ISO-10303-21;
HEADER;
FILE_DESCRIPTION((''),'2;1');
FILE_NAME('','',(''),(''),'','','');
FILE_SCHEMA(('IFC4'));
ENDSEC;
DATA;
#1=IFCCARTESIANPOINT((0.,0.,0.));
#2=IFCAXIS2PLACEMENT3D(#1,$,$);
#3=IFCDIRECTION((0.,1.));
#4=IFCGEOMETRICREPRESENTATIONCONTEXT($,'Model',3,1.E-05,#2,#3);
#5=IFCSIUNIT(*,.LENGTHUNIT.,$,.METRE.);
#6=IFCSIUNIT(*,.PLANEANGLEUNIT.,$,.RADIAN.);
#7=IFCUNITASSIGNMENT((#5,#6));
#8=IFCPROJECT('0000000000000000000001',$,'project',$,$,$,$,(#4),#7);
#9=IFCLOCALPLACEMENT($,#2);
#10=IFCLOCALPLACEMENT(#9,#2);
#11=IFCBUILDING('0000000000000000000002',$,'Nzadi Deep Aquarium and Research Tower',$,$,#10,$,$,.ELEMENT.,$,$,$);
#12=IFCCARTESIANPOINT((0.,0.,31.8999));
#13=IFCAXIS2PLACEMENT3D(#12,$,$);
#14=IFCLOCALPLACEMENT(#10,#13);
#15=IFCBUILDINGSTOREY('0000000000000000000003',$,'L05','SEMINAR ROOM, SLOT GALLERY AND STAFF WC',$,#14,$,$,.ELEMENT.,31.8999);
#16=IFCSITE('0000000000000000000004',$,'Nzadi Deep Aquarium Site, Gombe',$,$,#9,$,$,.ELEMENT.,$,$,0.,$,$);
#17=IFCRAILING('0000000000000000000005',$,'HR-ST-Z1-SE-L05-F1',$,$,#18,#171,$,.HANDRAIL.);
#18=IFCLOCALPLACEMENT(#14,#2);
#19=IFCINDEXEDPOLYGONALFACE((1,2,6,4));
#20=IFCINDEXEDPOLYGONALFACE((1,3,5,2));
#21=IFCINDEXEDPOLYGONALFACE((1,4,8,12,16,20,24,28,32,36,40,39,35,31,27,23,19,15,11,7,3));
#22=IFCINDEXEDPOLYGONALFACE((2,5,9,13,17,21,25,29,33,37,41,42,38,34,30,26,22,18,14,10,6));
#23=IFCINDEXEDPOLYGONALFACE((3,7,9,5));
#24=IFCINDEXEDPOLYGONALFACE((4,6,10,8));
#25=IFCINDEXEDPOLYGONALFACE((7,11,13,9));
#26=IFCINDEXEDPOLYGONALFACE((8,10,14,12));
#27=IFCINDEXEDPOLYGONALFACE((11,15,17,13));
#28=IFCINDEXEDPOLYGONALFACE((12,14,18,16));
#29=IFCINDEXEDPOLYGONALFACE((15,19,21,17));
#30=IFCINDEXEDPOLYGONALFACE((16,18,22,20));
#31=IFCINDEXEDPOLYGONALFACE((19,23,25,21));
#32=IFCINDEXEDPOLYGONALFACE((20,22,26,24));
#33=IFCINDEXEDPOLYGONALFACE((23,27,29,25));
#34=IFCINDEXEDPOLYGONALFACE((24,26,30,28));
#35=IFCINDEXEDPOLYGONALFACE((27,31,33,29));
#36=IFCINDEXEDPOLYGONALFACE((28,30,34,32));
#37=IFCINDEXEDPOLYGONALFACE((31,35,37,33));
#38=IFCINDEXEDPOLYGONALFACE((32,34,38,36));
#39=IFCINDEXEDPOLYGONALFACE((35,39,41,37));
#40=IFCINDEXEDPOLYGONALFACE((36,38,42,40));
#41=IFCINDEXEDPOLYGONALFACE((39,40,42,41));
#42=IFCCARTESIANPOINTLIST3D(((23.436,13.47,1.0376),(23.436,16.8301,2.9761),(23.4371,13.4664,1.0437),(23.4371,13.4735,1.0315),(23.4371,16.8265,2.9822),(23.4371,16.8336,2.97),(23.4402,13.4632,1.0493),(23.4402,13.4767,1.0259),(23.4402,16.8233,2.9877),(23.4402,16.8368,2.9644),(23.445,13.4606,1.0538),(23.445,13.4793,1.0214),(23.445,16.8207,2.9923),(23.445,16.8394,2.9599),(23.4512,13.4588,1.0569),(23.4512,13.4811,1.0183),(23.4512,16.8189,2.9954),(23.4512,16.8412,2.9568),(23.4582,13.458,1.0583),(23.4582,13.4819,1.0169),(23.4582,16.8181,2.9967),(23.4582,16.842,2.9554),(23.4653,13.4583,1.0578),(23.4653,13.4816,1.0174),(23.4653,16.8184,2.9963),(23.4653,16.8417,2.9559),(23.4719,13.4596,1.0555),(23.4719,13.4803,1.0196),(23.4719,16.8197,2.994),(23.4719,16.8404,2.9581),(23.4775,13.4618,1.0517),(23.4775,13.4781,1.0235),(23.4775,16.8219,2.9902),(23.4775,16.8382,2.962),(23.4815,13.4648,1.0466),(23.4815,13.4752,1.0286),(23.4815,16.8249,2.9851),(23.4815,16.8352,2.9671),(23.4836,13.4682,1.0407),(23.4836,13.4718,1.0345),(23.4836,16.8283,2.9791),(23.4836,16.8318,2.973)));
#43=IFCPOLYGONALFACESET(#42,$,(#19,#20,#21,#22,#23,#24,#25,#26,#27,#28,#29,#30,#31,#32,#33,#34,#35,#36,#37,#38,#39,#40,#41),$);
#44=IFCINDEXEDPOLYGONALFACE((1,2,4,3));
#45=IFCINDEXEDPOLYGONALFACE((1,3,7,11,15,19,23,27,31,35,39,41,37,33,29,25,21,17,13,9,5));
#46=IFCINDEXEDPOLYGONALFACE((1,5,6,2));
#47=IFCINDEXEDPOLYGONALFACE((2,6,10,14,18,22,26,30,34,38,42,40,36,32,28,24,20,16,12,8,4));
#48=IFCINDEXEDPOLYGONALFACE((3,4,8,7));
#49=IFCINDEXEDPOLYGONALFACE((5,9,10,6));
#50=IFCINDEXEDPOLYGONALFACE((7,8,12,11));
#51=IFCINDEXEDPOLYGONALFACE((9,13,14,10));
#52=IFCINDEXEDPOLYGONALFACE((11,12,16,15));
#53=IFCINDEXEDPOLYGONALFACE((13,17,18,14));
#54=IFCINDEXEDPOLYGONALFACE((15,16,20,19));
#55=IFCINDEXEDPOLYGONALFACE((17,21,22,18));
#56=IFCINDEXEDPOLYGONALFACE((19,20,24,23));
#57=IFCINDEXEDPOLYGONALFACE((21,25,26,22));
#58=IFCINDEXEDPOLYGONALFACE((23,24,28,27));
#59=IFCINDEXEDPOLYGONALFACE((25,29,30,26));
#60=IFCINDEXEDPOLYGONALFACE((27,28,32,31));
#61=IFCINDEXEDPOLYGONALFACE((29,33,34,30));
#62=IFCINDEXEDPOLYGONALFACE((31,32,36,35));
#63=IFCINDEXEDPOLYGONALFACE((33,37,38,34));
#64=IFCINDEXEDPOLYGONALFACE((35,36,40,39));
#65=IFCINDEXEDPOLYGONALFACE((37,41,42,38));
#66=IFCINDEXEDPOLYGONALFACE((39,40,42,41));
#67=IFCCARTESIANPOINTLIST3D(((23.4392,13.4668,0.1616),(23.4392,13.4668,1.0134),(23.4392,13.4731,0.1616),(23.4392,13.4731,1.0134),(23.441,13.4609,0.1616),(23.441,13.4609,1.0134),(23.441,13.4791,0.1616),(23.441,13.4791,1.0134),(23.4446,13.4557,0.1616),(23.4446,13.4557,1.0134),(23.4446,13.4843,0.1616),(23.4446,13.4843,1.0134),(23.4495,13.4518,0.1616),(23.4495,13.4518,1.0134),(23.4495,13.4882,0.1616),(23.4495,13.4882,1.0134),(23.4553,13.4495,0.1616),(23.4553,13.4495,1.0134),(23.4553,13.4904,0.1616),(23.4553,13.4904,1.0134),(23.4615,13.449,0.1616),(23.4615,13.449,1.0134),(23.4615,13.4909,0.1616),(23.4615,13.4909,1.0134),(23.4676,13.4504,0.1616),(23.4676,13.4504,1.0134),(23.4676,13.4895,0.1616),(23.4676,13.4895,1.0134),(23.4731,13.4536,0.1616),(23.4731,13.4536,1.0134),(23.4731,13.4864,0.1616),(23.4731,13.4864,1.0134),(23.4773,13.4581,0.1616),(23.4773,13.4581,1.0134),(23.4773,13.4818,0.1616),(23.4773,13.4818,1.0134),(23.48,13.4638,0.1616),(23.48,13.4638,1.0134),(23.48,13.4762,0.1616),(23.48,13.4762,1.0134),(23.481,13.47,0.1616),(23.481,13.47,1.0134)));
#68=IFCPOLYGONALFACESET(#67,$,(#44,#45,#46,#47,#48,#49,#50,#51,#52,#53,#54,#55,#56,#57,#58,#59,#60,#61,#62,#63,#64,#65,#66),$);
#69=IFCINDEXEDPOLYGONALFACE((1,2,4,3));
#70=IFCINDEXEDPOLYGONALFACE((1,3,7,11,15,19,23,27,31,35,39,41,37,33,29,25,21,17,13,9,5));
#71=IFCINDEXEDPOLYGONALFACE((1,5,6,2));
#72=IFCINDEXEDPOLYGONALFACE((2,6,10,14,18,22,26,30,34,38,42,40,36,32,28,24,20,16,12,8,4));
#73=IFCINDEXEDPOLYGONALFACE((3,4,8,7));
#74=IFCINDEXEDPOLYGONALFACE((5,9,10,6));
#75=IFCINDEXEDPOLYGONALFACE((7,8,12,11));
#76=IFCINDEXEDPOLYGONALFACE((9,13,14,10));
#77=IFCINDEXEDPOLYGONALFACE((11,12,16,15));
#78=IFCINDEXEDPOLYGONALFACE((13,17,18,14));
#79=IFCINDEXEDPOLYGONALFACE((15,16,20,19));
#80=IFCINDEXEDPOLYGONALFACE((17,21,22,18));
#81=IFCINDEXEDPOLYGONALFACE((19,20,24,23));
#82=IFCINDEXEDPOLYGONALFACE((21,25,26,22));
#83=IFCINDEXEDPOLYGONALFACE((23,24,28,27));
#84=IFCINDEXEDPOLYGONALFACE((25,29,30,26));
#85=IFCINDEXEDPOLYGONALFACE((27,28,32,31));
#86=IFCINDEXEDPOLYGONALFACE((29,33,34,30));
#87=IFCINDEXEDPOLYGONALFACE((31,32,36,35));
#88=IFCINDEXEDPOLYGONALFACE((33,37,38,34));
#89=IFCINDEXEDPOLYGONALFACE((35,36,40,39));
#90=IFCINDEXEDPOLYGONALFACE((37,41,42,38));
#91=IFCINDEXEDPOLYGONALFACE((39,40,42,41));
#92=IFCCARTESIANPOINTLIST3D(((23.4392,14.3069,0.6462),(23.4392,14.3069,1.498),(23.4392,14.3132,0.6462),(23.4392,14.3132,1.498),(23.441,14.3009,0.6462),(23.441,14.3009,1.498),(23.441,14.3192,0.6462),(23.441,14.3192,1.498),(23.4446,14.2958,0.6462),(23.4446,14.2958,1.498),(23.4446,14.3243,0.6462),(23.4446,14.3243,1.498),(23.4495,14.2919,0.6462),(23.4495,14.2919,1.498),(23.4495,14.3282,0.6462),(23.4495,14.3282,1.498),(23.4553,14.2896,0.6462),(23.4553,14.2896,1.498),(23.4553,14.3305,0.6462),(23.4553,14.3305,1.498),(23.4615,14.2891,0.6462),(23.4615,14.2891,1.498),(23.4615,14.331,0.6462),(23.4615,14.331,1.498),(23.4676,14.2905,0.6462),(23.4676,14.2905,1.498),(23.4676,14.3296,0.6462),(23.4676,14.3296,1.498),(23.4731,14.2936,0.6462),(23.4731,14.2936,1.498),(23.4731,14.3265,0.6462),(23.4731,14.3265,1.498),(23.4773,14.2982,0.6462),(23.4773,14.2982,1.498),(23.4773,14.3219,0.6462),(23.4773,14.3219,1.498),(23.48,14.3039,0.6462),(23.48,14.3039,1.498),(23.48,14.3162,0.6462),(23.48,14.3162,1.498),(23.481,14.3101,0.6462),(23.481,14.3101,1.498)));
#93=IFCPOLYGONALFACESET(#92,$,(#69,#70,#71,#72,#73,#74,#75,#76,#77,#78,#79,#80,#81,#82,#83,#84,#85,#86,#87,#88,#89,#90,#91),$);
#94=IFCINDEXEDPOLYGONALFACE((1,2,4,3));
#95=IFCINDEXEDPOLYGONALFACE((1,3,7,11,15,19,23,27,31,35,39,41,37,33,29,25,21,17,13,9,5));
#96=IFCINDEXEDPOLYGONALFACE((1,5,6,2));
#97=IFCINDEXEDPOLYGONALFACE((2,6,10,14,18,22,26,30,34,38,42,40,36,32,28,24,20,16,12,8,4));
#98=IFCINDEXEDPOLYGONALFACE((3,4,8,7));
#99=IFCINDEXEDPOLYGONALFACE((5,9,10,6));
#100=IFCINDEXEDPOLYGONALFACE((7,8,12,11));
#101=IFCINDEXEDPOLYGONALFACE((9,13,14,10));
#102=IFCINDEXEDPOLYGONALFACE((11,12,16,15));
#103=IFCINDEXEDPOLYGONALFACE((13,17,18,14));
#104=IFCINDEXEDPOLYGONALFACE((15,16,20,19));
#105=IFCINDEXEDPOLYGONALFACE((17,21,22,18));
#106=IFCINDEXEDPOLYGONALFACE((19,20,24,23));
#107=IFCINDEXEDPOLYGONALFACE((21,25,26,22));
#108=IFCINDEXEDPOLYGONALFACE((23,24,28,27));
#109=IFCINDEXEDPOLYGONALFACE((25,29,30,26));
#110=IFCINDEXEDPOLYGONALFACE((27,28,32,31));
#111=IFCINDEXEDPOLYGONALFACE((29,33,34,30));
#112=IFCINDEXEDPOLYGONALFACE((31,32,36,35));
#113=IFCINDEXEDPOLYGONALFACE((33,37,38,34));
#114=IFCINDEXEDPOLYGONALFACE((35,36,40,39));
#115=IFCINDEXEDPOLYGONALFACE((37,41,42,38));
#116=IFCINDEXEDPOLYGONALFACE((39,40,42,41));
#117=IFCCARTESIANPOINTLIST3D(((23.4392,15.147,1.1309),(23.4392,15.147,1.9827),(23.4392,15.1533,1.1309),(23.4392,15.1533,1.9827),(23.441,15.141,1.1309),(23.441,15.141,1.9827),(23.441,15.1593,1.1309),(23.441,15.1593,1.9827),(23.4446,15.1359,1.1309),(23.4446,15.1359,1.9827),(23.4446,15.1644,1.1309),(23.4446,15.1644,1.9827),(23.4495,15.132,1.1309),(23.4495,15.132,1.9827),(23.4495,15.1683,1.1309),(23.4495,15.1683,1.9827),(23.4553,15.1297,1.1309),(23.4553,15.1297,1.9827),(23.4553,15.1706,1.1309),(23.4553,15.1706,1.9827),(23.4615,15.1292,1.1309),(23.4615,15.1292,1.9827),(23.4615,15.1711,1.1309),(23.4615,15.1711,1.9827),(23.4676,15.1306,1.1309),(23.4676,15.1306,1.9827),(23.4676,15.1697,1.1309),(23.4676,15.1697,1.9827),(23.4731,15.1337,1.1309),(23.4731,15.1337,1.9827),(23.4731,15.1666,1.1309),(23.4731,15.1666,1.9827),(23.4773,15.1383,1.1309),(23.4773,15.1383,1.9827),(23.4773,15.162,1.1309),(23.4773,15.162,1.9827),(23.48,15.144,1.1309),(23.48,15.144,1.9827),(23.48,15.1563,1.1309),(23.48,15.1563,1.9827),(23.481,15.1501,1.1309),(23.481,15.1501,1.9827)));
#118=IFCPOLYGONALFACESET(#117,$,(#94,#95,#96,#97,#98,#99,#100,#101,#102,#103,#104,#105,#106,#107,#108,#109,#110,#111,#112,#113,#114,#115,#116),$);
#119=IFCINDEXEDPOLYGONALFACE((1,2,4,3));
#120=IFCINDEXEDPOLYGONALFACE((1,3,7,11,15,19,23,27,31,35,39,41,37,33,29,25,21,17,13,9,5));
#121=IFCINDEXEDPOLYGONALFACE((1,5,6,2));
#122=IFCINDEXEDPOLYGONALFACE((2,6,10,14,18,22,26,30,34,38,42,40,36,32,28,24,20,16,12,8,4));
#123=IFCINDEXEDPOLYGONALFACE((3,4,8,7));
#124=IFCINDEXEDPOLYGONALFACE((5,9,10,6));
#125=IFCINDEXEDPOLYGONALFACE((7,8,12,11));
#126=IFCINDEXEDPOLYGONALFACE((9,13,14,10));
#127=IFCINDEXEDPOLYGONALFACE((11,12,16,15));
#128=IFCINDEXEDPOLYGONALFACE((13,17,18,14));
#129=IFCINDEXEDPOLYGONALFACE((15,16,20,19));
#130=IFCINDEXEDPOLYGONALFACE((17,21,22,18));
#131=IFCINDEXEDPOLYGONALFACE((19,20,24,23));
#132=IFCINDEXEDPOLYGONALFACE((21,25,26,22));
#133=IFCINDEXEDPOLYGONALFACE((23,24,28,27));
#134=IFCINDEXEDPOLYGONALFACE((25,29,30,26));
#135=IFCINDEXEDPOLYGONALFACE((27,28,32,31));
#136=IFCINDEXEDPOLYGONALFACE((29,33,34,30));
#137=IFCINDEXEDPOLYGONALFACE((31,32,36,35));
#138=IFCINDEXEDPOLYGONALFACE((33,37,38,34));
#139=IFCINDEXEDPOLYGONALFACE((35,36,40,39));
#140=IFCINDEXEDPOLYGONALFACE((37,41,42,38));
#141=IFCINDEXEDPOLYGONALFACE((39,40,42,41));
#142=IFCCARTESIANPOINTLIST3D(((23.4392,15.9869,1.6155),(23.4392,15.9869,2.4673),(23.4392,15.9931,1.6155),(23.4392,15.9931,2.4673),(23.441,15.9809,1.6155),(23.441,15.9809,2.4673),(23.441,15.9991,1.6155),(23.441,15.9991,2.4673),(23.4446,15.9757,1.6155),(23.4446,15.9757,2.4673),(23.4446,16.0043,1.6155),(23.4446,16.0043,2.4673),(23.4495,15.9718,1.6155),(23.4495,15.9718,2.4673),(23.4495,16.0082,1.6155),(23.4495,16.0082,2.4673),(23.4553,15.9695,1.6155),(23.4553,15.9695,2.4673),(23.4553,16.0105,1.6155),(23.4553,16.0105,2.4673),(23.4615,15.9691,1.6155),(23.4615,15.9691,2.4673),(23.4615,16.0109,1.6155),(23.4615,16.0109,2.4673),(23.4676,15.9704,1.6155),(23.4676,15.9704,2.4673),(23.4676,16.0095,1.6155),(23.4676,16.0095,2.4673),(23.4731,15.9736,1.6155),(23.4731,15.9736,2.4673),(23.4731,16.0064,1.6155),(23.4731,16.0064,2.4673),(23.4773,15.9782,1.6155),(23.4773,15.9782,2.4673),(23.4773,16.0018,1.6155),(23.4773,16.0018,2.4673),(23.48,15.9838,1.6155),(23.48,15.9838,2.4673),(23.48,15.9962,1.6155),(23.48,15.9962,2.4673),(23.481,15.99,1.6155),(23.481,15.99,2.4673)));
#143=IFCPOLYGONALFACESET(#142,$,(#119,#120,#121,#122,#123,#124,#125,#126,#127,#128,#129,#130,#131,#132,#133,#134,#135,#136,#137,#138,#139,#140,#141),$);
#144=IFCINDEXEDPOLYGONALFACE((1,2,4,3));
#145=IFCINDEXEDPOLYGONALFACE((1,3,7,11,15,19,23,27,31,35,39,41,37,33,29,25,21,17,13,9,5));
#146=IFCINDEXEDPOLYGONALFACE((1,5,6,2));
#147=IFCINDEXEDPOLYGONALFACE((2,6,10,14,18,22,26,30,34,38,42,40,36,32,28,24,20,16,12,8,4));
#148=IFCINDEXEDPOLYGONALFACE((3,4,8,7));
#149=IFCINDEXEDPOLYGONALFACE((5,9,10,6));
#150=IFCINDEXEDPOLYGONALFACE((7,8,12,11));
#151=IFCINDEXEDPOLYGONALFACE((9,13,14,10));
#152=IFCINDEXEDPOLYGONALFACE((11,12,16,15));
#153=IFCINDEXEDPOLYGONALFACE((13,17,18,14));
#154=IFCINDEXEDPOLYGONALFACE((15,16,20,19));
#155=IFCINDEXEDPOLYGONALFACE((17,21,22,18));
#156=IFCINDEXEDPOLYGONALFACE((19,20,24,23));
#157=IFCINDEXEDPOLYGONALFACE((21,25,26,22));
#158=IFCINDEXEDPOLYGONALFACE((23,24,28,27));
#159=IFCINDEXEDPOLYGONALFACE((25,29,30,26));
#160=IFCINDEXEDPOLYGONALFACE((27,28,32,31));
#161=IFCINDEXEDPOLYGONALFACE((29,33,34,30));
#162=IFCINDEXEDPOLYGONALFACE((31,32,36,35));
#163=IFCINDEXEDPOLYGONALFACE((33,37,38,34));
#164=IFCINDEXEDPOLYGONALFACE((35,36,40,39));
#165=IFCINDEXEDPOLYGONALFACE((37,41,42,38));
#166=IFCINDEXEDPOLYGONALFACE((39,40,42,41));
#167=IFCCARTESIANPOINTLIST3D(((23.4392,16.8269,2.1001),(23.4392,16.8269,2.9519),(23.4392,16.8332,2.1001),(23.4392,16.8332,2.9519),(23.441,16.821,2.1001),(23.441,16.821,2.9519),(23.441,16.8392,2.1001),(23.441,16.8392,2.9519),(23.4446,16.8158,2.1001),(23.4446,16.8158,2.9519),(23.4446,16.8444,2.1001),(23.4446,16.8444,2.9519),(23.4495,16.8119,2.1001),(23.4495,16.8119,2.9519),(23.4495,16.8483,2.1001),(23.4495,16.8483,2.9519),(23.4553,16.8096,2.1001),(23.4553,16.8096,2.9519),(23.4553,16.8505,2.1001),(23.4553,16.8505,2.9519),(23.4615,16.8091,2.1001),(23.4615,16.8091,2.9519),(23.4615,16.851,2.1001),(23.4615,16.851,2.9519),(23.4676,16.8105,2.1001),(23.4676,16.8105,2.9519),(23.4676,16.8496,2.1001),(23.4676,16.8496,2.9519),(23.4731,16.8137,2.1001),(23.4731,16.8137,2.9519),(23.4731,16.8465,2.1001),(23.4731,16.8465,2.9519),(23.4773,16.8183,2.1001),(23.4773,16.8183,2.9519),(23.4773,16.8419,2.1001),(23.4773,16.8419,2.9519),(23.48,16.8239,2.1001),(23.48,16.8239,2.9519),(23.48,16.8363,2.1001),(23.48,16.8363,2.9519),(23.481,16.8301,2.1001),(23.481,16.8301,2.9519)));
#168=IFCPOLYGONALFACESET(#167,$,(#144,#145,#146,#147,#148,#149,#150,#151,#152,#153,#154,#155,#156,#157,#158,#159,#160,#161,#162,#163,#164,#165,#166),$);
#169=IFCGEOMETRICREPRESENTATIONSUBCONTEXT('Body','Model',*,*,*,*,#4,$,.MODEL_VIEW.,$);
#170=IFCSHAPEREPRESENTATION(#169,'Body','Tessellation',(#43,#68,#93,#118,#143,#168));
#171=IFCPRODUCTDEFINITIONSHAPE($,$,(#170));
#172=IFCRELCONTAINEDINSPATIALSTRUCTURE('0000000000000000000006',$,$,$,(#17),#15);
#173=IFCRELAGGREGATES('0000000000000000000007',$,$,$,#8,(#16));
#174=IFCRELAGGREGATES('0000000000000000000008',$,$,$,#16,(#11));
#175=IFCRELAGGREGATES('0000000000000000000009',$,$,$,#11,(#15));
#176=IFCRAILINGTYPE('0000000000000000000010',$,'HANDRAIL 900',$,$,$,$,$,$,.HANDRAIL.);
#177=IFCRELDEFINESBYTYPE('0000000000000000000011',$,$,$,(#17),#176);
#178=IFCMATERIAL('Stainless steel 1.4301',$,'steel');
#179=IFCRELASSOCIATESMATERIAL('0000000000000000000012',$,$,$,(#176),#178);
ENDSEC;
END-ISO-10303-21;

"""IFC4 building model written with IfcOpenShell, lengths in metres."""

from ifc_helpers import new_model, si_unit, direction, frame, origin, origin_2d, place, context, subcontext, project, spatial, circle, extrude, material, type_object, element, save


model = new_model("IFC4")

# Units and contexts
model_context = context("Model", 3, precision=1e-05, world=origin(), true_north=direction((0.0, 1.0)))
body_context = subcontext(model_context, "Body", "Model", "MODEL_VIEW")
ifc_project = project(units=[si_unit("LENGTHUNIT", "METRE"), si_unit("PLANEANGLEUNIT", "RADIAN")], contexts=[model_context])

# Site, building, storey
site_placement = place(None, origin())
site = spatial("IfcSite", under=ifc_project, at=site_placement, Name="Nzadi Deep Aquarium Site, Gombe", CompositionType="ELEMENT", RefElevation=0.0)
building_placement = place(site_placement, origin())
building = spatial("IfcBuilding", under=site, at=building_placement, Name="Nzadi Deep Aquarium and Research Tower", CompositionType="ELEMENT")
storey_placement = place(building_placement, frame((0.0, 0.0, 31.8999)))
storey = spatial("IfcBuildingStorey", under=building, at=storey_placement, Name="L05", Description="SEMINAR ROOM, SLOT GALLERY AND STAFF WC", CompositionType="ELEMENT", Elevation=31.8999)

# Railing
ifc_material_1 = material(Name="Stainless steel 1.4301", Category="steel")
railing_type = type_object("IfcRailingType", Name="HANDRAIL 900", PredefinedType="HANDRAIL", material=ifc_material_1)
for number, where, name in (
    (1, (23.46, 13.47, 0.1616), "HR-ST-Z1-SE-L05-F1"),
):
    element("IfcRailing", number, at=place(storey_placement, frame(where)), inside=storey, type_object=railing_type, Name=name, PredefinedType="HANDRAIL", context=body_context, shape_type="SweptSolid", body=[
        extrude(circle(Radius=0.0239, at=origin_2d()), frame((0.0, 0.0, 0.876), z_axis=(0.0, 0.866191, 0.499713), x_axis=(-1.0, 0.0, 0.0)), (0.0, 0.0, 1.0), 3.8792),
        extrude(circle(Radius=0.021, at=origin_2d()), origin(), (0.0, 0.0, 1.0), 0.8518),
        extrude(circle(Radius=0.021, at=origin_2d()), frame((0.0, 0.8401, 0.4846)), (0.0, 0.0, 1.0), 0.8518),
        extrude(circle(Radius=0.021, at=origin_2d()), frame((0.0, 1.6802, 0.9692)), (0.0, 0.0, 1.0), 0.8518),
        extrude(circle(Radius=0.021, at=origin_2d()), frame((0.0, 2.52, 1.4539)), (0.0, 0.0, 1.0), 0.8518),
        extrude(circle(Radius=0.021, at=origin_2d()), frame((0.0, 3.3601, 1.9385)), (0.0, 0.0, 1.0), 0.8518),
    ])

save(model, "model.ifc")
